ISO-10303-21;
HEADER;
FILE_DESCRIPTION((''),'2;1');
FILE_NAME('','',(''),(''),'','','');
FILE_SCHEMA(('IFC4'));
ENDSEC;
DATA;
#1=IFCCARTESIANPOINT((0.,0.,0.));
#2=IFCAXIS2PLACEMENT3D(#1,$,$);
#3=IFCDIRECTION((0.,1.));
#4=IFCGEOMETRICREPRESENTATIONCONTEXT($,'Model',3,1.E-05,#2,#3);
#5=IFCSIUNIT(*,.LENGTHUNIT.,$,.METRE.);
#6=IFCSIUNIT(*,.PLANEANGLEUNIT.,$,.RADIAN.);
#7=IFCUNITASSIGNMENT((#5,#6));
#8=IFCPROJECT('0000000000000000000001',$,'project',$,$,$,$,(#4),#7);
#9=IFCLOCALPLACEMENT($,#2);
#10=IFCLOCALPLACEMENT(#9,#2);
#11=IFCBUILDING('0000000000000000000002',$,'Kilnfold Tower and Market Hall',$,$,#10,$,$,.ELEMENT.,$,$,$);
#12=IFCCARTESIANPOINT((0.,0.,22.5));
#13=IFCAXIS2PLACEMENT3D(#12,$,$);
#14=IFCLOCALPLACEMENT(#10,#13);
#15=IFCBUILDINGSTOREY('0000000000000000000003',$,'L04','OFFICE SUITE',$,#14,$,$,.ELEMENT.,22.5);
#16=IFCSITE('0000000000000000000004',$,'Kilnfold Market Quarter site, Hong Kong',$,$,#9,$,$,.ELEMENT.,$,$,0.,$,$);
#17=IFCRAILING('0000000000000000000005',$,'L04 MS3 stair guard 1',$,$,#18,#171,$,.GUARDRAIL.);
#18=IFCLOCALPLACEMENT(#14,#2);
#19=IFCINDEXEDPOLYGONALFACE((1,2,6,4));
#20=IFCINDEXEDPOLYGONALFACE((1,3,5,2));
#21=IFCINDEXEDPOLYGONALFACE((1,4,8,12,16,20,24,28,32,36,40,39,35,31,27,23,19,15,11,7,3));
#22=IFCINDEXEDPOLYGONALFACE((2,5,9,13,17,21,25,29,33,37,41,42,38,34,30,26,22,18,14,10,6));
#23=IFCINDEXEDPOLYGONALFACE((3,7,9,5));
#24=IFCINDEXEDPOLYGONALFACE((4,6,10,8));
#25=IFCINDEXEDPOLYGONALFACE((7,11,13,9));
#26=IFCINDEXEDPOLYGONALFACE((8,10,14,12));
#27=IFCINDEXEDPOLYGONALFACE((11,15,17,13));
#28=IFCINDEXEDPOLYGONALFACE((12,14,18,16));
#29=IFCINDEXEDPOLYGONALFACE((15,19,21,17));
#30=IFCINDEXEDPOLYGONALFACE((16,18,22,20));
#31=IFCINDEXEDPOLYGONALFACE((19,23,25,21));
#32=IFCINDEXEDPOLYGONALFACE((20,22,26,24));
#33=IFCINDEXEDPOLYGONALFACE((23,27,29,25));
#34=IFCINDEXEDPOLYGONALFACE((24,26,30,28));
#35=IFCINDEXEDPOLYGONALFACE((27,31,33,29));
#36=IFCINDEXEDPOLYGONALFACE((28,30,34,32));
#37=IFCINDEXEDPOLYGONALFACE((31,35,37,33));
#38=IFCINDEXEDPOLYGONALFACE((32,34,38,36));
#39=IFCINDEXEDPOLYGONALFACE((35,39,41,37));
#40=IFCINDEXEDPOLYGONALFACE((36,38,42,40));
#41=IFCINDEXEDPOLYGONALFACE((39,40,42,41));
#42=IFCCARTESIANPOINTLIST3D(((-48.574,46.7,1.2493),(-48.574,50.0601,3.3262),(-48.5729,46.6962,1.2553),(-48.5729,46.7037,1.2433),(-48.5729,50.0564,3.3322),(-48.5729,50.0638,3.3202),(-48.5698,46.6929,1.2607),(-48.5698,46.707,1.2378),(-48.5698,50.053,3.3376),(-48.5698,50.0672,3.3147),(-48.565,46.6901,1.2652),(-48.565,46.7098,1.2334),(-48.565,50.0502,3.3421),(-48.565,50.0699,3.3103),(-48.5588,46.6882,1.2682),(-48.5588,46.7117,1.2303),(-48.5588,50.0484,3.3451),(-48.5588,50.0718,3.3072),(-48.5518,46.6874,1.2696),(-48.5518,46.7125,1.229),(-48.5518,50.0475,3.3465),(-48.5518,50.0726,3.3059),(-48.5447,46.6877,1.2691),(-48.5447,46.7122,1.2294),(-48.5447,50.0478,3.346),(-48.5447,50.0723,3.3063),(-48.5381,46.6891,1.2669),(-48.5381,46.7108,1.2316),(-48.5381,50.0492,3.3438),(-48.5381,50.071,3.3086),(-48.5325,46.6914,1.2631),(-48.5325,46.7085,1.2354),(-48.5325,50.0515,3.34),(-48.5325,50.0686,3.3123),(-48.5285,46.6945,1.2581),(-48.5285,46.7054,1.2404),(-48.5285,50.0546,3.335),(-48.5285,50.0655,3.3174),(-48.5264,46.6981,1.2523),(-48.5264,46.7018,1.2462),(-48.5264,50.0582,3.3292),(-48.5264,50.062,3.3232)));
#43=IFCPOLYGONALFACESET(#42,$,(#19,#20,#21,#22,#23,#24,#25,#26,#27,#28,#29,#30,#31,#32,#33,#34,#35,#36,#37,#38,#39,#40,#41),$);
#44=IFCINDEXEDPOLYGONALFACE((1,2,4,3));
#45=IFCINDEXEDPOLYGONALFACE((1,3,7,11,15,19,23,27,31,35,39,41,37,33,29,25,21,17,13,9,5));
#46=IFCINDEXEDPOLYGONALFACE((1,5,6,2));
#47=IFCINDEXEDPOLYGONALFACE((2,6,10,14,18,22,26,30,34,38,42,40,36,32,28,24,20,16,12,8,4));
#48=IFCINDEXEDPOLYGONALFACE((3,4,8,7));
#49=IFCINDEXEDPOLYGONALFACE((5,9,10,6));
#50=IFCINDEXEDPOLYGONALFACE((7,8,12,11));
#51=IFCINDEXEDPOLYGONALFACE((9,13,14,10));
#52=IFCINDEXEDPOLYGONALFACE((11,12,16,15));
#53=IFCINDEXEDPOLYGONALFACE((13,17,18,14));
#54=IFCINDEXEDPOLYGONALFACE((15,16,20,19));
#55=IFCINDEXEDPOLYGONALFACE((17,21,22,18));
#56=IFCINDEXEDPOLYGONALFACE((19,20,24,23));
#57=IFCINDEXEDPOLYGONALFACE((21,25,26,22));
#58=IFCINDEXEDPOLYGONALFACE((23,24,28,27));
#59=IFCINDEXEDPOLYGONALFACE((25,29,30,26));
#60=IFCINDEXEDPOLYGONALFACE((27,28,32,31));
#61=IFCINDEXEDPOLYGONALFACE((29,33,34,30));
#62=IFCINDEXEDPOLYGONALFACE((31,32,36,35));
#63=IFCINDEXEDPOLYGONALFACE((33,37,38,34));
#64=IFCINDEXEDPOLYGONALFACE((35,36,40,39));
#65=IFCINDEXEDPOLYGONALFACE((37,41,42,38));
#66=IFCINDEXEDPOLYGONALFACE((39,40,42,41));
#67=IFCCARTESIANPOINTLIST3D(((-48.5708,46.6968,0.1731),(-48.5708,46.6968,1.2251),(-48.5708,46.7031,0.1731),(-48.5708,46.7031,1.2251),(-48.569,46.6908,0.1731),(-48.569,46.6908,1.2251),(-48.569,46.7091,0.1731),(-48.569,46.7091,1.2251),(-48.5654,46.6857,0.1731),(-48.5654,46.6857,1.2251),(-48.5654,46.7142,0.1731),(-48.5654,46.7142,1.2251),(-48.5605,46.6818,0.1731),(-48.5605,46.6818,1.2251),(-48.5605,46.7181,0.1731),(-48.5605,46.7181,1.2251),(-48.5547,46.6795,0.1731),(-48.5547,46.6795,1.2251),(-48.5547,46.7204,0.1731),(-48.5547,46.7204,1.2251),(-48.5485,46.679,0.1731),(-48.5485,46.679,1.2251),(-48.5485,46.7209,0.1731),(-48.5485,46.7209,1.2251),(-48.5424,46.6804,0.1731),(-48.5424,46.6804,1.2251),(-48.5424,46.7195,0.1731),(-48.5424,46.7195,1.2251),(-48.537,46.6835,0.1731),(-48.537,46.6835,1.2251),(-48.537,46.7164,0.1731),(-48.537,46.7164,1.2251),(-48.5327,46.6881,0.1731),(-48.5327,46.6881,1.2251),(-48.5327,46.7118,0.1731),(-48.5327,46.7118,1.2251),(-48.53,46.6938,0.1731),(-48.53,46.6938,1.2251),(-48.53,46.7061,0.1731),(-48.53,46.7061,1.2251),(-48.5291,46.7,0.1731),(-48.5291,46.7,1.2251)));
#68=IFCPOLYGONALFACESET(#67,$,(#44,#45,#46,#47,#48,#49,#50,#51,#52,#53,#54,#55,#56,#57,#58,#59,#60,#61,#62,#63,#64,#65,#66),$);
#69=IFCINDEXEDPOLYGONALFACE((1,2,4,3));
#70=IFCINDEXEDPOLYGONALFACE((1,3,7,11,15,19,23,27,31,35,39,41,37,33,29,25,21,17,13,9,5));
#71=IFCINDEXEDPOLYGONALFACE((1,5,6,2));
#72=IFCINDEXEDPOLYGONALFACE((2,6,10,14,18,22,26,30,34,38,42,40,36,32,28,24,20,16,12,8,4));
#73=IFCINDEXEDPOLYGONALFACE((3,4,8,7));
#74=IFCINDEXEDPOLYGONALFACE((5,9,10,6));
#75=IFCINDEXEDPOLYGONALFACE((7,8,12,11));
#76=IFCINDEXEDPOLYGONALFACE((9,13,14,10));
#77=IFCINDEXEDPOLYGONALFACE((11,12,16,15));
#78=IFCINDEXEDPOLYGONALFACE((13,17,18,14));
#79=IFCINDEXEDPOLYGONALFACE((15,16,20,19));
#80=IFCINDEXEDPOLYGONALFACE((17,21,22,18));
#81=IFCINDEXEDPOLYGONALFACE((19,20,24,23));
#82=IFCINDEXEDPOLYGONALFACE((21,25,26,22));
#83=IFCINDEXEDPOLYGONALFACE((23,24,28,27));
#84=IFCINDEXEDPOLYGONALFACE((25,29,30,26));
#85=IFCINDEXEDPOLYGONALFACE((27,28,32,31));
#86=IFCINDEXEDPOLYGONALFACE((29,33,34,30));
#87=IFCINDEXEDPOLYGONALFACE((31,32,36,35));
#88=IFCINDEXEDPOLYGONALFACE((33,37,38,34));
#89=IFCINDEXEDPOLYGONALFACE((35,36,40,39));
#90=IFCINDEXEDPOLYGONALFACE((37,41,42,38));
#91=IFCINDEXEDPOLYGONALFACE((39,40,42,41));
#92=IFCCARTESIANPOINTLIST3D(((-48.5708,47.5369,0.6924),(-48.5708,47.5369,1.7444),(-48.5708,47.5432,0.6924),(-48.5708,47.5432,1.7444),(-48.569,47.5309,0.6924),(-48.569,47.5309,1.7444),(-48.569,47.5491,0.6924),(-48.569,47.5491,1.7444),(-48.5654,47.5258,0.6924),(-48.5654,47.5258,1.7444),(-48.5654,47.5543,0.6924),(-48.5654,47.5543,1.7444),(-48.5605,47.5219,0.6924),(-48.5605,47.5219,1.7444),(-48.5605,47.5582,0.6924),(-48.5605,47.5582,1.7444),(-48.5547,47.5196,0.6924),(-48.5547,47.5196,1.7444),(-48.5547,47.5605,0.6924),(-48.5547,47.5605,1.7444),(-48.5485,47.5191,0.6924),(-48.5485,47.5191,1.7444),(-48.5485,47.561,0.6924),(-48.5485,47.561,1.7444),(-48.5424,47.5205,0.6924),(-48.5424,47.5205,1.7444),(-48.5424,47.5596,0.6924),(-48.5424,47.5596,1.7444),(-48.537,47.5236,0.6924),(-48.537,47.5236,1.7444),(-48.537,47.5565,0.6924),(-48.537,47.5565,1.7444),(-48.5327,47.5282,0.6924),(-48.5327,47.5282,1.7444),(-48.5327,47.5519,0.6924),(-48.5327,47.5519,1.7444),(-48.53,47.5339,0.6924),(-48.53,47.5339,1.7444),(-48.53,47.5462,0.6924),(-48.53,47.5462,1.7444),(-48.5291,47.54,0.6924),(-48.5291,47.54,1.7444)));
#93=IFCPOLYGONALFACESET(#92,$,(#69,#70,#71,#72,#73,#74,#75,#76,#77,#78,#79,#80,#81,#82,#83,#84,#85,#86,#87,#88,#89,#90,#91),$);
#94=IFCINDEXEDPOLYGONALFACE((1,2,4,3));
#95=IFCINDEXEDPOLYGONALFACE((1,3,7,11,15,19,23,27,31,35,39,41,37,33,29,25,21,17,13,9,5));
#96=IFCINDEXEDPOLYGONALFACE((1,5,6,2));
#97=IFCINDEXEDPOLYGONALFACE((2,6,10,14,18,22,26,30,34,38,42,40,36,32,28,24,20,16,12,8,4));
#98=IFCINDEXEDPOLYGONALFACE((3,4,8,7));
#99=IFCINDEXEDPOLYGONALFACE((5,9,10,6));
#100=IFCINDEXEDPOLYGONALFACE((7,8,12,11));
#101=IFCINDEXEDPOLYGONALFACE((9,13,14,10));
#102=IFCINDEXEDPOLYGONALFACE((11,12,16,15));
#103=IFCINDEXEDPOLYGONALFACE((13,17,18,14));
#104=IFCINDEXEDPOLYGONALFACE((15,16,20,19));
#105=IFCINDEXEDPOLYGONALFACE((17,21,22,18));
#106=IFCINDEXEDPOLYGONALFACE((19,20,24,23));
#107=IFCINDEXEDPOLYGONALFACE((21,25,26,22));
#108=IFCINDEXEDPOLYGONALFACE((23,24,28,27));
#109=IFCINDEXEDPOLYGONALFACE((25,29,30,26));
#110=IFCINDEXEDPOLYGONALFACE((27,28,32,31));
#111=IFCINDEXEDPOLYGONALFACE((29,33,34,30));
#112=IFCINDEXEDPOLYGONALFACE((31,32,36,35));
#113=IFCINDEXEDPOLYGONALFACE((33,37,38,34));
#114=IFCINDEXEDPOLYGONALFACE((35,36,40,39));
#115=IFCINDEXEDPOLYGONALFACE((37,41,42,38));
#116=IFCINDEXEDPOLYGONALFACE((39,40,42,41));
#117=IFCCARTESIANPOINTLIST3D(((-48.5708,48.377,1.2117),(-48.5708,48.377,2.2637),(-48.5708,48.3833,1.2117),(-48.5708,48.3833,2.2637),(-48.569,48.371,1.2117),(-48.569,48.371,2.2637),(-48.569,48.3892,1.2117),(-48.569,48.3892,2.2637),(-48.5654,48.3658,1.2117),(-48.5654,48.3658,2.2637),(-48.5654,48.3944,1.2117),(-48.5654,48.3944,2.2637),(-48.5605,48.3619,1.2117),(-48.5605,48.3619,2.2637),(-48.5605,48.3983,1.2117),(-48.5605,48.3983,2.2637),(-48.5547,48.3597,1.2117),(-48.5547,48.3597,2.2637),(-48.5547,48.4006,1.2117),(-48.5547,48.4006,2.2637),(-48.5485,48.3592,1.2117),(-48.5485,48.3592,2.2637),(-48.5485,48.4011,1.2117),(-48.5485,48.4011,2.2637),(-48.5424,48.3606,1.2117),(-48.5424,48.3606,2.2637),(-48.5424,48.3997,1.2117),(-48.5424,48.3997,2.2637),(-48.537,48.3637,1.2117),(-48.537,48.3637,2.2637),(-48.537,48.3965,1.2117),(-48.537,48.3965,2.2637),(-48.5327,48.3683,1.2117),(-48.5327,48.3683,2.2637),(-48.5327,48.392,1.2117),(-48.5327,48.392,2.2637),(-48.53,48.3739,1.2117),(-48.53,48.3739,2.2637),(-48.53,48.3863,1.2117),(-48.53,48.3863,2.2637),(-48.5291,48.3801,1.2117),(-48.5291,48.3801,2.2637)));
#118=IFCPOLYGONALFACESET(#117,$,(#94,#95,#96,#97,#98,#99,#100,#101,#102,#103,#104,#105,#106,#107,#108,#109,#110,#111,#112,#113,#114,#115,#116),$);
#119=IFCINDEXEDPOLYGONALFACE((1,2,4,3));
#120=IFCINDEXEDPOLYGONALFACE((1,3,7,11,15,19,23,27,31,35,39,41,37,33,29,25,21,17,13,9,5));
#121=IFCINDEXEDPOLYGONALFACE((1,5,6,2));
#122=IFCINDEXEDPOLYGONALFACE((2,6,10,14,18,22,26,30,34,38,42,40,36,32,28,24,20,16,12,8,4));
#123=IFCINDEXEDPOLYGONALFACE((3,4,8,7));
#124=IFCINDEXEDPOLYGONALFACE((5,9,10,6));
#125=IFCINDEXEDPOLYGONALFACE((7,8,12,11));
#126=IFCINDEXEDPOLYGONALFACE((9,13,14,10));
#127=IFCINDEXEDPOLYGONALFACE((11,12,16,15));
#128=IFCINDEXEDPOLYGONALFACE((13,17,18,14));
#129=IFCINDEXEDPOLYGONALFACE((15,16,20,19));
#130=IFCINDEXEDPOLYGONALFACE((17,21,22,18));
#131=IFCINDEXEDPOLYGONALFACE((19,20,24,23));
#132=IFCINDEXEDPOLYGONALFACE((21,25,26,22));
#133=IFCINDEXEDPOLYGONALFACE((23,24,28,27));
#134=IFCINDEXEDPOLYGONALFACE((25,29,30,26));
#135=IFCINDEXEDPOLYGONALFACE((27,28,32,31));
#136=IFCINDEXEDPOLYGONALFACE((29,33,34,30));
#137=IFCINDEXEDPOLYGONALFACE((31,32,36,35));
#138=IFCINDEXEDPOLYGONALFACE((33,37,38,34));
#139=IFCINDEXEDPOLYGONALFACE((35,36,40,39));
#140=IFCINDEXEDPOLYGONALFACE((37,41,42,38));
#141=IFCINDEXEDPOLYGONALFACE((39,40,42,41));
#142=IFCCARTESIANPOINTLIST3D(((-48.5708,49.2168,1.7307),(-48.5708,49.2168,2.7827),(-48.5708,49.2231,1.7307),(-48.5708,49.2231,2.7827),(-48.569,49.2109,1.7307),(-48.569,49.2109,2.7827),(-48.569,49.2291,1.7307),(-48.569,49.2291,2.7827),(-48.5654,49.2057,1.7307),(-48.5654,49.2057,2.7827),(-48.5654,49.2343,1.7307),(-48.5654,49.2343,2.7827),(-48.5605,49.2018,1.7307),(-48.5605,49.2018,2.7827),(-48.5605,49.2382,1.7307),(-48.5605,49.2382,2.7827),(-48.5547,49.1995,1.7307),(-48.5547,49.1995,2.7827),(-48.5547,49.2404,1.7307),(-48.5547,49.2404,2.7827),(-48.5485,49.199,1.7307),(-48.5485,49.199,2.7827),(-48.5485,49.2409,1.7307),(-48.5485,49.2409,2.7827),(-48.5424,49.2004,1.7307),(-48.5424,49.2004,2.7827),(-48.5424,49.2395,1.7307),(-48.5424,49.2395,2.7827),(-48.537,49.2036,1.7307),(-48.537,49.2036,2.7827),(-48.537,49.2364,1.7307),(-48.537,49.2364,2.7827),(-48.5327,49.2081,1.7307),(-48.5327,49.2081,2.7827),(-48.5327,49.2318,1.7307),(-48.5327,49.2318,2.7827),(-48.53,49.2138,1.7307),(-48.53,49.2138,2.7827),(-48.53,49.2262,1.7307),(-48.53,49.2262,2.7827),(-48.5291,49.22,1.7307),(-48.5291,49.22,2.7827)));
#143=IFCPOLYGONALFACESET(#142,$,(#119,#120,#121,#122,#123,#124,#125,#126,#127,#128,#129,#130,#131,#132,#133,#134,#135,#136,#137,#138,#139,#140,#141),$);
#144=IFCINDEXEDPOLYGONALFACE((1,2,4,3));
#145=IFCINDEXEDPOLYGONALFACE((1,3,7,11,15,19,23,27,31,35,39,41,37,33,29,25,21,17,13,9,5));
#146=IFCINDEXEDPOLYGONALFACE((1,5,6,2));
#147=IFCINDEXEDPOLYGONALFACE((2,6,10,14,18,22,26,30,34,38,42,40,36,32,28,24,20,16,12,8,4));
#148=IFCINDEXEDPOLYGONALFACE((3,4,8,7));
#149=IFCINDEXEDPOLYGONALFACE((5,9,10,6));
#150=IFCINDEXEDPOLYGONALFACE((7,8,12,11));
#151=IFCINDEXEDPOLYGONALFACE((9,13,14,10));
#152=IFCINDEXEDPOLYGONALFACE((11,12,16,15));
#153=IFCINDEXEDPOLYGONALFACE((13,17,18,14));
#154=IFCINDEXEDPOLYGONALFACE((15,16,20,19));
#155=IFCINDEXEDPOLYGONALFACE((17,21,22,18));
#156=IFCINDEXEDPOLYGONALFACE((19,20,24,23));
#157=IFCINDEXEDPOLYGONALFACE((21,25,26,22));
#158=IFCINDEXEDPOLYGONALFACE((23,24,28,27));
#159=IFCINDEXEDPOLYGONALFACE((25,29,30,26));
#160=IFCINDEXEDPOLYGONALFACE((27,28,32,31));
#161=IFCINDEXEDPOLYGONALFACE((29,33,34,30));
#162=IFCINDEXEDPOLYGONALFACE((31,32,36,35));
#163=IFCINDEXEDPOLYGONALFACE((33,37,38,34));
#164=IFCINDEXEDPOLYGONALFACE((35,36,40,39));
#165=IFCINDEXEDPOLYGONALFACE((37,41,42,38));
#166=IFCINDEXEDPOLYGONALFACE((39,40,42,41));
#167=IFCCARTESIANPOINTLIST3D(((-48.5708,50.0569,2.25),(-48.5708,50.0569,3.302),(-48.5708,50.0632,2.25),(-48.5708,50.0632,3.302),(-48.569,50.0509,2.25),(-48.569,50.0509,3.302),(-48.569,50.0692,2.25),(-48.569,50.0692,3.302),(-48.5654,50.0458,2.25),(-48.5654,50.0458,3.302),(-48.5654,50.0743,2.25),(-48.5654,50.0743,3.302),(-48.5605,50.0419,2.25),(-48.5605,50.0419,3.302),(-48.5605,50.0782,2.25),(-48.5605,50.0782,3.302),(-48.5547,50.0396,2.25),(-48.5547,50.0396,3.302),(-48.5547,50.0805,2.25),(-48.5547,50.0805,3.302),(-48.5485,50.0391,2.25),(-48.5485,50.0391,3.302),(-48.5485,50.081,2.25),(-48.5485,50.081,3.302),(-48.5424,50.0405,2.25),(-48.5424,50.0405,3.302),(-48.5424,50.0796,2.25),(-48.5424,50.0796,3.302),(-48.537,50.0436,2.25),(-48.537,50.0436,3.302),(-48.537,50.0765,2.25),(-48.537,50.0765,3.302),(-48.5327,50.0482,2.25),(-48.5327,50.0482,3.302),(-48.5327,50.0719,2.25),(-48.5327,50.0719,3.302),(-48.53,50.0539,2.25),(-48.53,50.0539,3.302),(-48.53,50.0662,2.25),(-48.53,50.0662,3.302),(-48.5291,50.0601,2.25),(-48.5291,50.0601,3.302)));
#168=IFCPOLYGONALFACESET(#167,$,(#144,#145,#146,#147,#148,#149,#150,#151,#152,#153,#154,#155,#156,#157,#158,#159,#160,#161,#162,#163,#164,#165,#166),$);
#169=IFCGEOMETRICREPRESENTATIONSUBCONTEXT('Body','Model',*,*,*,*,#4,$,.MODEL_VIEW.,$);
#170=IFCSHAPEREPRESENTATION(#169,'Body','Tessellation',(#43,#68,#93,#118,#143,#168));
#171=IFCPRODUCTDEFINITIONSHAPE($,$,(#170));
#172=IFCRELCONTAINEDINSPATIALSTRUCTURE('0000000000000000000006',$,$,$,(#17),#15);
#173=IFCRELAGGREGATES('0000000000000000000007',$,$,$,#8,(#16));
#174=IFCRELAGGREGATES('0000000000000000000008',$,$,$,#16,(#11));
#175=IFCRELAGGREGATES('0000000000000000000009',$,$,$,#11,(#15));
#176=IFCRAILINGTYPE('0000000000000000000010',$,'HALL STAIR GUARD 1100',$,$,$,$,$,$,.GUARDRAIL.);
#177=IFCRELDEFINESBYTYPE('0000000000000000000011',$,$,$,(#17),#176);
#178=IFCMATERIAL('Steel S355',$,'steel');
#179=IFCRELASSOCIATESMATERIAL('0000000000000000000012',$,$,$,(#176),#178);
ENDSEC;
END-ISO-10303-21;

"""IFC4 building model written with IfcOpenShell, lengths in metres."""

from ifc_helpers import new_model, si_unit, direction, frame, origin, origin_2d, place, context, subcontext, project, spatial, circle, extrude, material, type_object, element, save


model = new_model("IFC4")

# Units and contexts
model_context = context("Model", 3, precision=1e-05, world=origin(), true_north=direction((0.0, 1.0)))
body_context = subcontext(model_context, "Body", "Model", "MODEL_VIEW")
ifc_project = project(units=[si_unit("LENGTHUNIT", "METRE"), si_unit("PLANEANGLEUNIT", "RADIAN")], contexts=[model_context])

# Site, building, storey
site_placement = place(None, origin())
site = spatial("IfcSite", under=ifc_project, at=site_placement, Name="Kilnfold Market Quarter site, Hong Kong", CompositionType="ELEMENT", RefElevation=0.0)
building_placement = place(site_placement, origin())
building = spatial("IfcBuilding", under=site, at=building_placement, Name="Kilnfold Tower and Market Hall", CompositionType="ELEMENT")
storey_placement = place(building_placement, frame((0.0, 0.0, 22.5)))
storey = spatial("IfcBuildingStorey", under=building, at=storey_placement, Name="L04", Description="OFFICE SUITE", CompositionType="ELEMENT", Elevation=22.5)

# Railing
ifc_material_1 = material(Name="Steel S355", Category="steel")
railing_type_1 = type_object("IfcRailingType", Name="HALL STAIR GUARD 1100", PredefinedType="GUARDRAIL", material=ifc_material_1)
railing_1_placement = place(storey_placement, frame((-48.55, 46.7, 0.1731)))
element("IfcRailing", 1, at=railing_1_placement, inside=storey, type_object=railing_type_1, Name="L04 MS3 stair guard 1", PredefinedType="GUARDRAIL", context=body_context, shape_type="SweptSolid", body=[
    extrude(circle(Radius=0.0239, at=origin_2d()), frame((0.0, 0.0, 1.0762), z_axis=(0.0, 0.850623, 0.525776), x_axis=(-1.0, 0.0, 0.0)), (0.0, 0.0, 1.0), 3.9502),
    extrude(circle(Radius=0.021, at=origin_2d()), origin(), (0.0, 0.0, 1.0), 1.052),
    extrude(circle(Radius=0.021, at=origin_2d()), frame((0.0, 0.8401, 0.5193)), (0.0, 0.0, 1.0), 1.052),
    extrude(circle(Radius=0.021, at=origin_2d()), frame((0.0, 1.6802, 1.0386)), (0.0, 0.0, 1.0), 1.052),
    extrude(circle(Radius=0.021, at=origin_2d()), frame((0.0, 2.52, 1.5576)), (0.0, 0.0, 1.0), 1.052),
    extrude(circle(Radius=0.021, at=origin_2d()), frame((0.0, 3.3601, 2.0769)), (0.0, 0.0, 1.0), 1.052),
])

save(model, "model.ifc")
